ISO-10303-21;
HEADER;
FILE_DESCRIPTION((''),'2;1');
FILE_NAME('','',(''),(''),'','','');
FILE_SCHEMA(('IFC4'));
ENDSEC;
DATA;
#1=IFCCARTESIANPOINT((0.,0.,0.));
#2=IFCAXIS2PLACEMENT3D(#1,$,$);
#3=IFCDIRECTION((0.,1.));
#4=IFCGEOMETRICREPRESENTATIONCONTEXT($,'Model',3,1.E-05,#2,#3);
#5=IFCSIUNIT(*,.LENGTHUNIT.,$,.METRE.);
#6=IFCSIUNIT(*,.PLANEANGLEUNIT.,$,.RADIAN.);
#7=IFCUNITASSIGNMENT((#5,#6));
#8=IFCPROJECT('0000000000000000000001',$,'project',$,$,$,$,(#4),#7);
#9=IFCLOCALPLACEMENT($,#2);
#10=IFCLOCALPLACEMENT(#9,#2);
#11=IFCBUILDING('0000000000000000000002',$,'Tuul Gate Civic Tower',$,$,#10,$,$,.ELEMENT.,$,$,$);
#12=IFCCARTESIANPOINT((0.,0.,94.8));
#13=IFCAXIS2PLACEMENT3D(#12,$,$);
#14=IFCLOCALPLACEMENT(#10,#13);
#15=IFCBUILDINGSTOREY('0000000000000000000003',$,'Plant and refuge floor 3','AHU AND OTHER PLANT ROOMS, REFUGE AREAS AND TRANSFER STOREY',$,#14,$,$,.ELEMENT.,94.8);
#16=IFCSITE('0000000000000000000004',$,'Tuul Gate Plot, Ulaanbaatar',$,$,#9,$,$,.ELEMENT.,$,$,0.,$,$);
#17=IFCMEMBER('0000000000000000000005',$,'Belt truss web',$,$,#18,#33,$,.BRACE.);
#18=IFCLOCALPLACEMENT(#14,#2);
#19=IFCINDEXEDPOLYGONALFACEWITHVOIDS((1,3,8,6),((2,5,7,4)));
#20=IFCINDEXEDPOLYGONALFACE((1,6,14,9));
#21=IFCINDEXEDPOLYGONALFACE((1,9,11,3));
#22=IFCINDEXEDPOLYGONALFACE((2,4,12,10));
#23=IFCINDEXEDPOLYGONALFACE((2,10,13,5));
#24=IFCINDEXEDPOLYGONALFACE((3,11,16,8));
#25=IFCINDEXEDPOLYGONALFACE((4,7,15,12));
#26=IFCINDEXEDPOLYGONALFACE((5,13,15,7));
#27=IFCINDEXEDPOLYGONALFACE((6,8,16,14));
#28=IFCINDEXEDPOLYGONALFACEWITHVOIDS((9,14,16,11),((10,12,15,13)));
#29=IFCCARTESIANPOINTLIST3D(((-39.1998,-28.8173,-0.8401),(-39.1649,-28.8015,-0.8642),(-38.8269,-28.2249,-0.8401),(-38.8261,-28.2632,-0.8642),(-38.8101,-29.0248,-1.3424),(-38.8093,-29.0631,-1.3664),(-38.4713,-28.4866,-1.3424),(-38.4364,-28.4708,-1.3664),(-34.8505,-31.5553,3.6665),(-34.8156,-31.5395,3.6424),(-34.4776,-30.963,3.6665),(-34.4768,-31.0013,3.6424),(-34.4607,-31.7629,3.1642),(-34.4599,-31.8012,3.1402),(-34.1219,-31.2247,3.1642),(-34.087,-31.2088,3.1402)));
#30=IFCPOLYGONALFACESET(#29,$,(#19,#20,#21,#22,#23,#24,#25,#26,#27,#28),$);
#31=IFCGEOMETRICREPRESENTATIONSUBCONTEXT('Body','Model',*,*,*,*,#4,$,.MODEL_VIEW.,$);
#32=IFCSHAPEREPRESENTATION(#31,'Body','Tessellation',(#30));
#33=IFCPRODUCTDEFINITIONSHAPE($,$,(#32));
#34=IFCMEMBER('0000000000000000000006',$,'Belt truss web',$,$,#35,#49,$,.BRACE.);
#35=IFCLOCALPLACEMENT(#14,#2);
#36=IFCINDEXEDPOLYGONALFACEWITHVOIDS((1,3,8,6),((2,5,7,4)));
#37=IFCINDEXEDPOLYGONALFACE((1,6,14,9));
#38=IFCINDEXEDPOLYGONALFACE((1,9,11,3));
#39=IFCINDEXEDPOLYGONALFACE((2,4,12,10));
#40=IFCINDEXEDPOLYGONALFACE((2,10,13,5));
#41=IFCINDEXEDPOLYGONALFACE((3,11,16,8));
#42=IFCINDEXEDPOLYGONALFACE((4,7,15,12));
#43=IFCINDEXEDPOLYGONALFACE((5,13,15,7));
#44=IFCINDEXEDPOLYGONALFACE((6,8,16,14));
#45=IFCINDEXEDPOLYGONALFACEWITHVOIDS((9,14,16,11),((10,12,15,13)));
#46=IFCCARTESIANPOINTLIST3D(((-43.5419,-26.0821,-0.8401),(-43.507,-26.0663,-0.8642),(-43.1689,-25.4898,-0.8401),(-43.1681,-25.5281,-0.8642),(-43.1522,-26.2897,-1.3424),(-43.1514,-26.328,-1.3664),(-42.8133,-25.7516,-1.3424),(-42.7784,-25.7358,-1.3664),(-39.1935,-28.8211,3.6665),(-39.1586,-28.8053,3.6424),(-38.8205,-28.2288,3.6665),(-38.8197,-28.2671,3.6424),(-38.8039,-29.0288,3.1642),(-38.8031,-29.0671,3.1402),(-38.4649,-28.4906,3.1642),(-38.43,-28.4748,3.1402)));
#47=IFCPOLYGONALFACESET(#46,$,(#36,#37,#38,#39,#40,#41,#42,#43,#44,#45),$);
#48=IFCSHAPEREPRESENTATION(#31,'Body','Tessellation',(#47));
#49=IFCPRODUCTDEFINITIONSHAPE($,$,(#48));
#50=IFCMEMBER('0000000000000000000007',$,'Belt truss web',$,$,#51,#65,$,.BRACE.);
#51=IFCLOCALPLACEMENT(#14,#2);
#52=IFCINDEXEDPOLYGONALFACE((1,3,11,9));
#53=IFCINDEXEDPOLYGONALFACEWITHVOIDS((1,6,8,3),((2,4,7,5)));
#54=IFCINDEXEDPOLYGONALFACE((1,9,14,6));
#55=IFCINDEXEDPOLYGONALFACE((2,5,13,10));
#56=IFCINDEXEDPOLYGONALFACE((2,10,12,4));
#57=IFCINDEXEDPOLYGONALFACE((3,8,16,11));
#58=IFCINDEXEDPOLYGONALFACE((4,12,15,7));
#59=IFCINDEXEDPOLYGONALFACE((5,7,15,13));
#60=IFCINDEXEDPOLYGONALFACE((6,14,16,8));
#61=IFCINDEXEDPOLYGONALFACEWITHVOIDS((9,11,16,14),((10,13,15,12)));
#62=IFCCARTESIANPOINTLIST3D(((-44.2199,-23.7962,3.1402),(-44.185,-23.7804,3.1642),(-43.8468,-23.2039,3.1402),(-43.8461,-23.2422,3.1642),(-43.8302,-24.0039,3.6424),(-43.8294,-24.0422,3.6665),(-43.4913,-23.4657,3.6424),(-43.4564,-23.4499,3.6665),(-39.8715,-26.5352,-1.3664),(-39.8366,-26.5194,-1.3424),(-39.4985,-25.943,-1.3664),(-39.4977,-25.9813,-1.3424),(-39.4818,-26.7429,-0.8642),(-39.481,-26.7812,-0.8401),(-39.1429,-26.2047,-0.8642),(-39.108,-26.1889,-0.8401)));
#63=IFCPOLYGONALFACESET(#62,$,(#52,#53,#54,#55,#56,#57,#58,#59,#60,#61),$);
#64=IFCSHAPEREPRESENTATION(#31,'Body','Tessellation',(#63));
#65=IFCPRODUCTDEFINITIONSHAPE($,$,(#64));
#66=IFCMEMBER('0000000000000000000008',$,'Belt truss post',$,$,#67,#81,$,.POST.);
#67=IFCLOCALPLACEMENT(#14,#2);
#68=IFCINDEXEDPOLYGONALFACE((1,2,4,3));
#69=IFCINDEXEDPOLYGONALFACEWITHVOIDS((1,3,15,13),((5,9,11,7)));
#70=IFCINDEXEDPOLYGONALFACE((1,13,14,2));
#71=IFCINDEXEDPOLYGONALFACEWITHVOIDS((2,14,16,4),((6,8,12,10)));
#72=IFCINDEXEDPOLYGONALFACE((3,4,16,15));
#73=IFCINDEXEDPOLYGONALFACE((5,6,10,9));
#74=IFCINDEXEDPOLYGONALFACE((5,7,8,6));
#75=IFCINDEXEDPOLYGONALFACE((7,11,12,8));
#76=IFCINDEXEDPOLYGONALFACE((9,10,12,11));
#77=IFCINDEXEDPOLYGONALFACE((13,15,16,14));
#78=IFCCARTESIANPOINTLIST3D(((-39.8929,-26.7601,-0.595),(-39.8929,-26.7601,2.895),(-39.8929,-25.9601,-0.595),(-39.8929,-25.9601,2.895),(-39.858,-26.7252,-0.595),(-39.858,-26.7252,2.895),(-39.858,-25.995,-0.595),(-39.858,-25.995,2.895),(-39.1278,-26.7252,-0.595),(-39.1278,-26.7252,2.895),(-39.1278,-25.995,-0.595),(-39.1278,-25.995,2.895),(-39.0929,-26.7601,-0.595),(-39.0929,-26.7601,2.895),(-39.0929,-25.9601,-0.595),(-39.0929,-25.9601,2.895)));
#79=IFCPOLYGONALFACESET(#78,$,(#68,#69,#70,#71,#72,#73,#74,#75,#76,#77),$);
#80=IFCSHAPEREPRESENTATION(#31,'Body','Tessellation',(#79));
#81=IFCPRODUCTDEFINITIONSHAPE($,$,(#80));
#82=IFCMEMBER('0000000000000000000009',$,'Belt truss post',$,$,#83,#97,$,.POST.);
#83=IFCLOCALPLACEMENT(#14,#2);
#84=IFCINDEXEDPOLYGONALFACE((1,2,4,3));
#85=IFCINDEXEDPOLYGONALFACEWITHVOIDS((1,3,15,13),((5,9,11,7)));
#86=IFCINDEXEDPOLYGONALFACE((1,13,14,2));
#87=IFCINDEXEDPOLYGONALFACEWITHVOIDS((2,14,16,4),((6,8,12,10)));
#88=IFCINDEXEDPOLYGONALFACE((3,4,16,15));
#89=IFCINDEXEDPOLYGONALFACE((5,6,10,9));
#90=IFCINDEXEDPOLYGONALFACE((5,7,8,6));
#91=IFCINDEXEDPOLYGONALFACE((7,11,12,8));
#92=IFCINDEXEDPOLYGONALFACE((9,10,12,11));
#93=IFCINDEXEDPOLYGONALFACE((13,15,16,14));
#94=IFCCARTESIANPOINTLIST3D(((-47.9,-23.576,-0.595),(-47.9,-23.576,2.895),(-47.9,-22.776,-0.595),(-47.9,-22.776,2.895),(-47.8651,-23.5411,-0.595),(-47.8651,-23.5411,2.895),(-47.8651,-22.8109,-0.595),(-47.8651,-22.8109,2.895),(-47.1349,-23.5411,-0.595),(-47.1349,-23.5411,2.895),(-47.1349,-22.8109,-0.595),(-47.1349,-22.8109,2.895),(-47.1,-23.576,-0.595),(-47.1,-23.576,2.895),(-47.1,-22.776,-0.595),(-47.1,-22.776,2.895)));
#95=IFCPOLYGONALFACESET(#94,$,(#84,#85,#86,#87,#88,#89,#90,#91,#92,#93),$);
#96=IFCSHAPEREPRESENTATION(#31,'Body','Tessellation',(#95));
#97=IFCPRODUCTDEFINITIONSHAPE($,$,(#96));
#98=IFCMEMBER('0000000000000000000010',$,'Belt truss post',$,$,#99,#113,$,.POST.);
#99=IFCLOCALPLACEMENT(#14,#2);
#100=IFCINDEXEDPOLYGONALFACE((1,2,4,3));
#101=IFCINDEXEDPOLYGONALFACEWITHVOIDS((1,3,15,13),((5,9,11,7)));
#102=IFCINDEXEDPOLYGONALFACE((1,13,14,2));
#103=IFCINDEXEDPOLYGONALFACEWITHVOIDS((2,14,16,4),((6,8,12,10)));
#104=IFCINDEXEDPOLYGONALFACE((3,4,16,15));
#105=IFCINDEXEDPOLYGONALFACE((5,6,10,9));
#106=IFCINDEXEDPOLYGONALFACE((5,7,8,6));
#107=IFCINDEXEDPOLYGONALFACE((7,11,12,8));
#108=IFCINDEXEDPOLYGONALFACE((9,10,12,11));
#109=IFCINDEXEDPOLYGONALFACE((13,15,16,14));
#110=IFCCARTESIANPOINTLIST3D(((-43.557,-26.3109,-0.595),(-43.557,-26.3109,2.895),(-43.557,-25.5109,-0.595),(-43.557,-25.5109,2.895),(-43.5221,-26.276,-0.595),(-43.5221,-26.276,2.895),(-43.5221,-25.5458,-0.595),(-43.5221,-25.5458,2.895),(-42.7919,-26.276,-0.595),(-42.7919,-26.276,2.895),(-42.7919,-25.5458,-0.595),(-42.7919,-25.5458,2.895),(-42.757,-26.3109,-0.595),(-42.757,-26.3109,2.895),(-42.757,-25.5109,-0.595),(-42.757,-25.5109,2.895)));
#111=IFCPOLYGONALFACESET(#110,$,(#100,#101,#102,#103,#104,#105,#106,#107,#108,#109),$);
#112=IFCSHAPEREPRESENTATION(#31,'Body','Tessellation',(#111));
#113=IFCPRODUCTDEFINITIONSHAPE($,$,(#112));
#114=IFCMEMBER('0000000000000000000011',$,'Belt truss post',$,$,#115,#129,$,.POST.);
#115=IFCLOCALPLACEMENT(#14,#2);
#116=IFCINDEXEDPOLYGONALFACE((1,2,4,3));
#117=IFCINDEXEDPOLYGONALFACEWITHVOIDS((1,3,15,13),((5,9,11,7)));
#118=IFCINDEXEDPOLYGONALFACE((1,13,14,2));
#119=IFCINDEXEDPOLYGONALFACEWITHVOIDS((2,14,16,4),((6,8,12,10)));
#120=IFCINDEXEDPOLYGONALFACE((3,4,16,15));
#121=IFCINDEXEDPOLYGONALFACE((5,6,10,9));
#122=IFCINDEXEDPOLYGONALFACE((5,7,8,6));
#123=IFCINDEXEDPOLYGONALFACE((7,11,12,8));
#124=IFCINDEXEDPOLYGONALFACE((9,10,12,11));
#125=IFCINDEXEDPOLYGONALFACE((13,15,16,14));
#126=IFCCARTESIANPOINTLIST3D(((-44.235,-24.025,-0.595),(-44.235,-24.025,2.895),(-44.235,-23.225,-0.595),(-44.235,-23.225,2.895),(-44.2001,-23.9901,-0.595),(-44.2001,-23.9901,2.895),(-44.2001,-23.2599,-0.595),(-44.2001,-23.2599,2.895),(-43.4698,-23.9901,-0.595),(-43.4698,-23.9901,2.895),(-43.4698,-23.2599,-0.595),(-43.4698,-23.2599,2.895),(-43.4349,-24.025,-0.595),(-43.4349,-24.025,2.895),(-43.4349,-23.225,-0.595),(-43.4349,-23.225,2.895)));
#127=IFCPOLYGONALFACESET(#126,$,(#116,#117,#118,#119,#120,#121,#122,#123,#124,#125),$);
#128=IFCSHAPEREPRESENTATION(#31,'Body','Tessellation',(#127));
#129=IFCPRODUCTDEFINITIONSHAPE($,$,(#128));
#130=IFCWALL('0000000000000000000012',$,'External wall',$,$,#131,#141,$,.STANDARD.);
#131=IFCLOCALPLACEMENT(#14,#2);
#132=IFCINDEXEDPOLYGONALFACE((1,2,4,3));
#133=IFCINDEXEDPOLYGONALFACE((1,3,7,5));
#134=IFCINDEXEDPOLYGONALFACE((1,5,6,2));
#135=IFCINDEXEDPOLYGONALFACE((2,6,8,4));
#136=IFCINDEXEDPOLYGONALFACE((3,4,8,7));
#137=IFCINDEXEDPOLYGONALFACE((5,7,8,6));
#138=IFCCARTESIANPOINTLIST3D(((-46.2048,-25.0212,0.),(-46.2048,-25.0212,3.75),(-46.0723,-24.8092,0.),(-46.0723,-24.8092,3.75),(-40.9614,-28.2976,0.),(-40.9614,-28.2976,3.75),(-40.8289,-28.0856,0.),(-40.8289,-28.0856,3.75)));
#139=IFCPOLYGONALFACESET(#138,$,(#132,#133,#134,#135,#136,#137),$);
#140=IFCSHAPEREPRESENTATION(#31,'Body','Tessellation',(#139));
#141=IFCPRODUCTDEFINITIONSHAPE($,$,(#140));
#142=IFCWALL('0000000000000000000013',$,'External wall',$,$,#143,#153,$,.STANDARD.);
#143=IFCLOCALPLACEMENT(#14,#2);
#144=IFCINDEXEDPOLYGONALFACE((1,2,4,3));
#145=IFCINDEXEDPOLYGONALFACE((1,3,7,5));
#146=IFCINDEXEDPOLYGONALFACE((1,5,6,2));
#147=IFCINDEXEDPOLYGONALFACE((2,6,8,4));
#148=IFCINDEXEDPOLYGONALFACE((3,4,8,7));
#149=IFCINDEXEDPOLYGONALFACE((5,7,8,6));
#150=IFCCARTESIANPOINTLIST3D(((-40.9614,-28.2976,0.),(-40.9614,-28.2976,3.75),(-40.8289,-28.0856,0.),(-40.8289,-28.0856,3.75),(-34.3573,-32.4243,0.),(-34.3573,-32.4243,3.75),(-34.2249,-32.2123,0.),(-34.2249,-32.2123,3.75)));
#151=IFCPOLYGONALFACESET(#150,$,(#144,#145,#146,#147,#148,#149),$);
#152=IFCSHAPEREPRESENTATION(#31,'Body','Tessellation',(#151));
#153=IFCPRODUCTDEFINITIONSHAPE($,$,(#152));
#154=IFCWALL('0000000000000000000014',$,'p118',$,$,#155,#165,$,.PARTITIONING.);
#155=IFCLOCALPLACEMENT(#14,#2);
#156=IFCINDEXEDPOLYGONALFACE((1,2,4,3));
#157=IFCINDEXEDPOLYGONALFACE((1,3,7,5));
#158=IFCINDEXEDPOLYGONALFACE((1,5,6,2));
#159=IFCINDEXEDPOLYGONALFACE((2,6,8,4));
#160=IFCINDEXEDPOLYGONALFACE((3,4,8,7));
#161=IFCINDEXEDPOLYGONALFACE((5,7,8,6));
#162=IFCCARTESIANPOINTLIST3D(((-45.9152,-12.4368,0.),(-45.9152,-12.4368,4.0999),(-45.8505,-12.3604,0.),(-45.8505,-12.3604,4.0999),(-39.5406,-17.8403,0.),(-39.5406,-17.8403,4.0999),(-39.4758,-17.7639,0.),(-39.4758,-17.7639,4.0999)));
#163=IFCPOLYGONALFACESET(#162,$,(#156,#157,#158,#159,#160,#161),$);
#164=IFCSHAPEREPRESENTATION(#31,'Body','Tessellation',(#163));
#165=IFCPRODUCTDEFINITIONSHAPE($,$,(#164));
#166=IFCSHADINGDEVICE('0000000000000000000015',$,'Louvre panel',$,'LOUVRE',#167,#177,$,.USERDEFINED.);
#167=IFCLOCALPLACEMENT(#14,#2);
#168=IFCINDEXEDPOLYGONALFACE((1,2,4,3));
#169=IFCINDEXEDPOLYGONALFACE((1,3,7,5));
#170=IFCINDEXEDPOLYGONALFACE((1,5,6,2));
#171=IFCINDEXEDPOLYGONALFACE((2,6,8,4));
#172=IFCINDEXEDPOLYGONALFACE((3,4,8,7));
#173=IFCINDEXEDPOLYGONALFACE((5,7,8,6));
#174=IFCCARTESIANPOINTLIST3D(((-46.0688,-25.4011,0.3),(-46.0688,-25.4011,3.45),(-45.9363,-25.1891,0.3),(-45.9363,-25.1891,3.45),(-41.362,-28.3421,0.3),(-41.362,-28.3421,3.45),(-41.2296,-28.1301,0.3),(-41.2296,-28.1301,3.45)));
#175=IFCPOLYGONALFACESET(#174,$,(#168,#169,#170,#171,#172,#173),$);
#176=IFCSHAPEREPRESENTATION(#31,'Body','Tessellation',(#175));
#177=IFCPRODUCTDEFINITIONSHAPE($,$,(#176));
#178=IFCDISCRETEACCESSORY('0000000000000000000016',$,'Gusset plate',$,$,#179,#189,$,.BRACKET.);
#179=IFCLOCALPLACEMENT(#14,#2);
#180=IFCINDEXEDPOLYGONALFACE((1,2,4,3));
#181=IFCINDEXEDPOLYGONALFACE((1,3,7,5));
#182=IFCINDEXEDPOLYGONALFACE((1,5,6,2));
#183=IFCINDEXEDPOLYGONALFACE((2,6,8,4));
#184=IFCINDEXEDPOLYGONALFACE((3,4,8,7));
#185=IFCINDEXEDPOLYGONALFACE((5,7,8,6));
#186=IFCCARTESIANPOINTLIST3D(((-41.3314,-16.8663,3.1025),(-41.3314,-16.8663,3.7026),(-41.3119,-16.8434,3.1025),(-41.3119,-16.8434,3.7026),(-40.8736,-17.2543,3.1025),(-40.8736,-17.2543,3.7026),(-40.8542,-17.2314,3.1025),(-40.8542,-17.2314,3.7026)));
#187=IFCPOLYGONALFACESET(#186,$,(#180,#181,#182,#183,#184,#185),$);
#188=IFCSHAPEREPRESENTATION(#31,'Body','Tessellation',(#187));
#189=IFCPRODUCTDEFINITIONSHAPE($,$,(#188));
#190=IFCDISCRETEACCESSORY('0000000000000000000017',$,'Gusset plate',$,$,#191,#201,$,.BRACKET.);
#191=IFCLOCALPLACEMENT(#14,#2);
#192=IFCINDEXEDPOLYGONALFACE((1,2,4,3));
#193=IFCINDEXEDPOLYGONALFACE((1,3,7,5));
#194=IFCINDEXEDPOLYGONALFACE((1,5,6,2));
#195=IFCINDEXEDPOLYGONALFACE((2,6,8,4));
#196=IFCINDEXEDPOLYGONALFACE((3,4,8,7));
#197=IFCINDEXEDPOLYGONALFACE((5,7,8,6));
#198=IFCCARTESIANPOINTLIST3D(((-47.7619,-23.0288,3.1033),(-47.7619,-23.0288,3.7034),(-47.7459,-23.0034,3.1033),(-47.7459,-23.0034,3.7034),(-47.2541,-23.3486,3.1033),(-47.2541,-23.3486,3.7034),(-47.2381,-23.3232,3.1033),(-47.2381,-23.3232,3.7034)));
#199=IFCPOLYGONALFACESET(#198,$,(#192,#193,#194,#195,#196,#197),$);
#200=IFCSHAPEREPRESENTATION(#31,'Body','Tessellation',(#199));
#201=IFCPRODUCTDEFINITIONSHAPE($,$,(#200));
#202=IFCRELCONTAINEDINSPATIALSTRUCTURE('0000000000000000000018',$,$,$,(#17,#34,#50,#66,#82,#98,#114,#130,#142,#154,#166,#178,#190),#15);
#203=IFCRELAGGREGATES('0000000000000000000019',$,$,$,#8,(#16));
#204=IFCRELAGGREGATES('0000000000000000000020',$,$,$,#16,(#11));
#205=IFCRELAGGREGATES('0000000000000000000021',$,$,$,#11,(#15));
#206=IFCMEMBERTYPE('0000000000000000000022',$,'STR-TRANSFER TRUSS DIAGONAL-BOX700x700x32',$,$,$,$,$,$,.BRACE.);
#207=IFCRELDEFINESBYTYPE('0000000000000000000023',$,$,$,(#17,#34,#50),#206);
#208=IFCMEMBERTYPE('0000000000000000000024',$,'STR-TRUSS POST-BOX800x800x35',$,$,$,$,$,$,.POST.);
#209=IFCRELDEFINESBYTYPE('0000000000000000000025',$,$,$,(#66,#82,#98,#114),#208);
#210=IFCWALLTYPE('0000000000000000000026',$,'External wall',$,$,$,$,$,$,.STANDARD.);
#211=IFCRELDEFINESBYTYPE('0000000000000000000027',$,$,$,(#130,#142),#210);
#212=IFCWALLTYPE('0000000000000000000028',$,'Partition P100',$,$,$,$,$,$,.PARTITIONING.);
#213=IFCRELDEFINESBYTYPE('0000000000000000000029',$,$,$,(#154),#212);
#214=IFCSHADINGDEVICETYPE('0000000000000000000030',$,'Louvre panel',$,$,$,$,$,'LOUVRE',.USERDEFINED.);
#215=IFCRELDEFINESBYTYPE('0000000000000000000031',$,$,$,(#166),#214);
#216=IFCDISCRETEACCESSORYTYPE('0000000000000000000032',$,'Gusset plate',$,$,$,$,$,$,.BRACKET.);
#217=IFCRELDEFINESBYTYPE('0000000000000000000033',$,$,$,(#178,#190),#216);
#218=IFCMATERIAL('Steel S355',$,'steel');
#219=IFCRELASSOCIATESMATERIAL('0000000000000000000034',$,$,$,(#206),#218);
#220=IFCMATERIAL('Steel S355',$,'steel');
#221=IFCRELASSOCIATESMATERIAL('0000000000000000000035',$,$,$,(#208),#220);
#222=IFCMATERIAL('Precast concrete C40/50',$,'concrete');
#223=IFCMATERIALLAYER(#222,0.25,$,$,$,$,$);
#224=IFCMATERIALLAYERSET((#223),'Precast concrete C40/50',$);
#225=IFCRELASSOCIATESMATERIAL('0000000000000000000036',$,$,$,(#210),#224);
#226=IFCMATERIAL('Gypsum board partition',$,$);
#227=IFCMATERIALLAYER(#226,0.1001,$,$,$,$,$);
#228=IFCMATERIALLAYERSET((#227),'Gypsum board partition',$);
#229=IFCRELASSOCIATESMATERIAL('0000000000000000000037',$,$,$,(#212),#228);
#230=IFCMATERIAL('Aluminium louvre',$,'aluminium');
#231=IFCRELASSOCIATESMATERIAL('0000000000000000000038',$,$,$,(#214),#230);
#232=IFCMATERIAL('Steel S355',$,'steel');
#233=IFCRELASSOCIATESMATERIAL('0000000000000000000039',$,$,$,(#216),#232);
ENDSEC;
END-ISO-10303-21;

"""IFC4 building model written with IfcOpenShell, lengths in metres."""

from ifc_helpers import new_model, si_unit, direction, frame, frame_2d, origin, origin_2d, place, context, subcontext, project, spatial, rectangle, hollow_rectangle, extrude, material, layer, layer_set, material_profile, profile_set, type_object, element, save


model = new_model("IFC4")

# Units and contexts
model_context = context("Model", 3, precision=1e-05, world=origin(), true_north=direction((0.0, 1.0)))
body_context = subcontext(model_context, "Body", "Model", "MODEL_VIEW")
ifc_project = project(units=[si_unit("LENGTHUNIT", "METRE"), si_unit("PLANEANGLEUNIT", "RADIAN")], contexts=[model_context])

# Site, building, storey
site_placement = place(None, origin())
site = spatial("IfcSite", under=ifc_project, at=site_placement, Name="Tuul Gate Plot, Ulaanbaatar", CompositionType="ELEMENT", RefElevation=0.0)
building_placement = place(site_placement, origin())
building = spatial("IfcBuilding", under=site, at=building_placement, Name="Tuul Gate Civic Tower", CompositionType="ELEMENT")
storey_placement = place(building_placement, frame((0.0, 0.0, 94.8)))
storey = spatial("IfcBuildingStorey", under=building, at=storey_placement, Name="Plant and refuge floor 3", Description="AHU AND OTHER PLANT ROOMS, REFUGE AREAS AND TRANSFER STOREY", CompositionType="ELEMENT", Elevation=94.8)

# Members
ifc_material_1 = material(Name="Steel S355", Category="steel")
ifc_material_profile_1 = material_profile(ifc_material_1, hollow_rectangle(XDim=0.7, YDim=0.7, WallThickness=0.032, at=origin_2d()), Name="BOX700x700x32")
ifc_profile_set_1 = profile_set([ifc_material_profile_1], Name="Steel S355")
member_type_1 = type_object("IfcMemberType", Name="STR-TRANSFER TRUSS DIAGONAL-BOX700x700x32", PredefinedType="BRACE", material=ifc_profile_set_1)
for number, where, z_axis, x_axis, name in (
    (1, (-38.8181, -28.644, -1.1033), (0.636297, -0.400565, 0.659298), (0.53275, 0.846273, 0.0), "Belt truss web"),
):
    element("IfcMember", number, at=place(storey_placement, frame(where, z_axis=z_axis, x_axis=x_axis)), inside=storey, type_object=member_type_1, Name=name, PredefinedType="BRACE", context=body_context, shape_type="SweptSolid", body=[
        extrude(hollow_rectangle(XDim=0.7, YDim=0.7, WallThickness=0.032, at=origin_2d()), origin(), (0.0, 0.0, 1.0), 6.8354),
    ])
for number, where, z_axis, x_axis, name in (
    (2, (-43.1602, -25.9089, -1.1033), (0.636175, -0.400721, 0.65932), (0.532972, 0.846133, 0.0), "Belt truss web"),
    (3, (-39.4897, -26.3621, -1.1033), (-0.636175, 0.400721, 0.65932), (-0.532972, -0.846133, 0.0), "Belt truss web"),
):
    element("IfcMember", number, at=place(storey_placement, frame(where, z_axis=z_axis, x_axis=x_axis)), inside=storey, type_object=member_type_1, Name=name, PredefinedType="BRACE", context=body_context, shape_type="SweptSolid", body=[
        extrude(hollow_rectangle(XDim=0.7, YDim=0.7, WallThickness=0.032, at=origin_2d()), origin(), (0.0, 0.0, 1.0), 6.8352),
    ])
ifc_material_2 = material(Name="Steel S355", Category="steel")
ifc_material_profile_2 = material_profile(ifc_material_2, hollow_rectangle(XDim=0.8, YDim=0.8, WallThickness=0.0349, at=origin_2d()), Name="BOX800x800x35")
ifc_profile_set_2 = profile_set([ifc_material_profile_2], Name="Steel S355")
member_type_2 = type_object("IfcMemberType", Name="STR-TRUSS POST-BOX800x800x35", PredefinedType="POST", material=ifc_profile_set_2)
for number, where, z_axis, x_axis, name in (
    (4, (-39.4929, -26.3601, -0.595), (0.0, 0.0, 1.0), (1.0, 0.0, 0.0), "Belt truss post"),
    (5, (-47.5, -23.176, -0.595), (0.0, 0.0, 1.0), (1.0, 0.0, 0.0), "Belt truss post"),
    (6, (-43.157, -25.9109, -0.595), (0.0, 0.0, 1.0), (1.0, 0.0, 0.0), "Belt truss post"),
    (7, (-43.835, -23.625, -0.595), (0.0, 0.0, 1.0), (1.0, 0.0, 0.0), "Belt truss post"),
):
    element("IfcMember", number, at=place(storey_placement, frame(where, z_axis=z_axis, x_axis=x_axis)), inside=storey, type_object=member_type_2, Name=name, PredefinedType="POST", context=body_context, shape_type="SweptSolid", body=[
        extrude(hollow_rectangle(XDim=0.8, YDim=0.8, WallThickness=0.0349, at=origin_2d()), origin(), (0.0, 0.0, 1.0), 3.49),
    ])

# Walls
ifc_material_3 = material(Name="Precast concrete C40/50", Category="concrete")
ifc_layer_1 = layer(ifc_material_3, 0.25)
ifc_layer_set_1 = layer_set([ifc_layer_1], Name="Precast concrete C40/50")
wall_type_1 = type_object("IfcWallType", Name="External wall", PredefinedType="STANDARD", material=ifc_layer_set_1)
wall_1_placement = place(storey_placement, frame((-46.1384, -24.9153, 0.0), z_axis=(0.0, 0.0, 1.0), x_axis=(0.848054, -0.52991, 0.0)))
element("IfcWall", 8, at=wall_1_placement, inside=storey, type_object=wall_type_1, Name="External wall", PredefinedType="STANDARD", context=body_context, shape_type="SweptSolid", body=[
    extrude(rectangle(XDim=6.1829, YDim=0.25, at=frame_2d((3.0913, 0.0))), origin(), (0.0, 0.0, 1.0), 3.75),
])
wall_2_placement = place(storey_placement, frame((-40.895, -28.1917, 0.0), z_axis=(0.0, 0.0, 1.0), x_axis=(0.848044, -0.529926, 0.0)))
element("IfcWall", 9, at=wall_2_placement, inside=storey, type_object=wall_type_1, Name="External wall", PredefinedType="STANDARD", context=body_context, shape_type="SweptSolid", body=[
    extrude(rectangle(XDim=7.7874, YDim=0.25, at=frame_2d((3.8936, 0.0))), origin(), (0.0, 0.0, 1.0), 3.75),
])
ifc_material_4 = material(Name="Gypsum board partition")
ifc_layer_2 = layer(ifc_material_4, 0.1001)
ifc_layer_set_2 = layer_set([ifc_layer_2], Name="Gypsum board partition")
wall_type_2 = type_object("IfcWallType", Name="Partition P100", PredefinedType="PARTITIONING", material=ifc_layer_set_2)
wall_3_placement = place(storey_placement, frame((-39.5083, -17.802, 0.0), z_axis=(0.0, 0.0, 1.0), x_axis=(-0.762823, 0.646607, 0.0)))
element("IfcWall", 10, at=wall_3_placement, inside=storey, type_object=wall_type_2, Name="p118", PredefinedType="PARTITIONING", context=body_context, shape_type="SweptSolid", body=[
    extrude(rectangle(XDim=8.3567, YDim=0.1001, at=frame_2d((4.1782, 0.0))), origin(), (0.0, 0.0, 1.0), 4.0999),
])

# Shading device
ifc_material_5 = material(Name="Aluminium louvre", Category="aluminium")
shading_device_type = type_object("IfcShadingDeviceType", Name="Louvre panel", ElementType="LOUVRE", PredefinedType="USERDEFINED", material=ifc_material_5)
shading_device_placement = place(storey_placement, frame((-43.6492, -26.7656, 0.3), z_axis=(0.0, 0.0, 1.0), x_axis=(-0.529912, -0.848053, 0.0)))
element("IfcShadingDevice", 11, at=shading_device_placement, inside=storey, type_object=shading_device_type, Name="Louvre panel", ObjectType="LOUVRE", PredefinedType="USERDEFINED", context=body_context, shape_type="SweptSolid", body=[
    extrude(rectangle(XDim=0.25, YDim=5.55, at=origin_2d()), origin(), (0.0, 0.0, 1.0), 3.1499),
])

# Discrete accessories
ifc_material_6 = material(Name="Steel S355", Category="steel")
discrete_accessory_type = type_object("IfcDiscreteAccessoryType", Name="Gusset plate", PredefinedType="BRACKET", material=ifc_material_6)
for number, where, z_axis, x_axis, name in (
    (12, (-41.0928, -17.0488, 3.1025), (0.0, 0.0, 1.0), (-0.762825, 0.646605, 0.0), "Gusset plate"),
    (13, (-47.5, -23.176, 3.1033), (0.0, 0.0, 1.0), (0.846187, -0.532886, 0.0), "Gusset plate"),
):
    element("IfcDiscreteAccessory", number, at=place(storey_placement, frame(where, z_axis=z_axis, x_axis=x_axis)), inside=storey, type_object=discrete_accessory_type, Name=name, PredefinedType="BRACKET", context=body_context, shape_type="SweptSolid", body=[
        extrude(rectangle(XDim=0.6001, YDim=0.03, at=origin_2d()), origin(), (0.0, 0.0, 1.0), 0.6001),
    ])

save(model, "model.ifc")
